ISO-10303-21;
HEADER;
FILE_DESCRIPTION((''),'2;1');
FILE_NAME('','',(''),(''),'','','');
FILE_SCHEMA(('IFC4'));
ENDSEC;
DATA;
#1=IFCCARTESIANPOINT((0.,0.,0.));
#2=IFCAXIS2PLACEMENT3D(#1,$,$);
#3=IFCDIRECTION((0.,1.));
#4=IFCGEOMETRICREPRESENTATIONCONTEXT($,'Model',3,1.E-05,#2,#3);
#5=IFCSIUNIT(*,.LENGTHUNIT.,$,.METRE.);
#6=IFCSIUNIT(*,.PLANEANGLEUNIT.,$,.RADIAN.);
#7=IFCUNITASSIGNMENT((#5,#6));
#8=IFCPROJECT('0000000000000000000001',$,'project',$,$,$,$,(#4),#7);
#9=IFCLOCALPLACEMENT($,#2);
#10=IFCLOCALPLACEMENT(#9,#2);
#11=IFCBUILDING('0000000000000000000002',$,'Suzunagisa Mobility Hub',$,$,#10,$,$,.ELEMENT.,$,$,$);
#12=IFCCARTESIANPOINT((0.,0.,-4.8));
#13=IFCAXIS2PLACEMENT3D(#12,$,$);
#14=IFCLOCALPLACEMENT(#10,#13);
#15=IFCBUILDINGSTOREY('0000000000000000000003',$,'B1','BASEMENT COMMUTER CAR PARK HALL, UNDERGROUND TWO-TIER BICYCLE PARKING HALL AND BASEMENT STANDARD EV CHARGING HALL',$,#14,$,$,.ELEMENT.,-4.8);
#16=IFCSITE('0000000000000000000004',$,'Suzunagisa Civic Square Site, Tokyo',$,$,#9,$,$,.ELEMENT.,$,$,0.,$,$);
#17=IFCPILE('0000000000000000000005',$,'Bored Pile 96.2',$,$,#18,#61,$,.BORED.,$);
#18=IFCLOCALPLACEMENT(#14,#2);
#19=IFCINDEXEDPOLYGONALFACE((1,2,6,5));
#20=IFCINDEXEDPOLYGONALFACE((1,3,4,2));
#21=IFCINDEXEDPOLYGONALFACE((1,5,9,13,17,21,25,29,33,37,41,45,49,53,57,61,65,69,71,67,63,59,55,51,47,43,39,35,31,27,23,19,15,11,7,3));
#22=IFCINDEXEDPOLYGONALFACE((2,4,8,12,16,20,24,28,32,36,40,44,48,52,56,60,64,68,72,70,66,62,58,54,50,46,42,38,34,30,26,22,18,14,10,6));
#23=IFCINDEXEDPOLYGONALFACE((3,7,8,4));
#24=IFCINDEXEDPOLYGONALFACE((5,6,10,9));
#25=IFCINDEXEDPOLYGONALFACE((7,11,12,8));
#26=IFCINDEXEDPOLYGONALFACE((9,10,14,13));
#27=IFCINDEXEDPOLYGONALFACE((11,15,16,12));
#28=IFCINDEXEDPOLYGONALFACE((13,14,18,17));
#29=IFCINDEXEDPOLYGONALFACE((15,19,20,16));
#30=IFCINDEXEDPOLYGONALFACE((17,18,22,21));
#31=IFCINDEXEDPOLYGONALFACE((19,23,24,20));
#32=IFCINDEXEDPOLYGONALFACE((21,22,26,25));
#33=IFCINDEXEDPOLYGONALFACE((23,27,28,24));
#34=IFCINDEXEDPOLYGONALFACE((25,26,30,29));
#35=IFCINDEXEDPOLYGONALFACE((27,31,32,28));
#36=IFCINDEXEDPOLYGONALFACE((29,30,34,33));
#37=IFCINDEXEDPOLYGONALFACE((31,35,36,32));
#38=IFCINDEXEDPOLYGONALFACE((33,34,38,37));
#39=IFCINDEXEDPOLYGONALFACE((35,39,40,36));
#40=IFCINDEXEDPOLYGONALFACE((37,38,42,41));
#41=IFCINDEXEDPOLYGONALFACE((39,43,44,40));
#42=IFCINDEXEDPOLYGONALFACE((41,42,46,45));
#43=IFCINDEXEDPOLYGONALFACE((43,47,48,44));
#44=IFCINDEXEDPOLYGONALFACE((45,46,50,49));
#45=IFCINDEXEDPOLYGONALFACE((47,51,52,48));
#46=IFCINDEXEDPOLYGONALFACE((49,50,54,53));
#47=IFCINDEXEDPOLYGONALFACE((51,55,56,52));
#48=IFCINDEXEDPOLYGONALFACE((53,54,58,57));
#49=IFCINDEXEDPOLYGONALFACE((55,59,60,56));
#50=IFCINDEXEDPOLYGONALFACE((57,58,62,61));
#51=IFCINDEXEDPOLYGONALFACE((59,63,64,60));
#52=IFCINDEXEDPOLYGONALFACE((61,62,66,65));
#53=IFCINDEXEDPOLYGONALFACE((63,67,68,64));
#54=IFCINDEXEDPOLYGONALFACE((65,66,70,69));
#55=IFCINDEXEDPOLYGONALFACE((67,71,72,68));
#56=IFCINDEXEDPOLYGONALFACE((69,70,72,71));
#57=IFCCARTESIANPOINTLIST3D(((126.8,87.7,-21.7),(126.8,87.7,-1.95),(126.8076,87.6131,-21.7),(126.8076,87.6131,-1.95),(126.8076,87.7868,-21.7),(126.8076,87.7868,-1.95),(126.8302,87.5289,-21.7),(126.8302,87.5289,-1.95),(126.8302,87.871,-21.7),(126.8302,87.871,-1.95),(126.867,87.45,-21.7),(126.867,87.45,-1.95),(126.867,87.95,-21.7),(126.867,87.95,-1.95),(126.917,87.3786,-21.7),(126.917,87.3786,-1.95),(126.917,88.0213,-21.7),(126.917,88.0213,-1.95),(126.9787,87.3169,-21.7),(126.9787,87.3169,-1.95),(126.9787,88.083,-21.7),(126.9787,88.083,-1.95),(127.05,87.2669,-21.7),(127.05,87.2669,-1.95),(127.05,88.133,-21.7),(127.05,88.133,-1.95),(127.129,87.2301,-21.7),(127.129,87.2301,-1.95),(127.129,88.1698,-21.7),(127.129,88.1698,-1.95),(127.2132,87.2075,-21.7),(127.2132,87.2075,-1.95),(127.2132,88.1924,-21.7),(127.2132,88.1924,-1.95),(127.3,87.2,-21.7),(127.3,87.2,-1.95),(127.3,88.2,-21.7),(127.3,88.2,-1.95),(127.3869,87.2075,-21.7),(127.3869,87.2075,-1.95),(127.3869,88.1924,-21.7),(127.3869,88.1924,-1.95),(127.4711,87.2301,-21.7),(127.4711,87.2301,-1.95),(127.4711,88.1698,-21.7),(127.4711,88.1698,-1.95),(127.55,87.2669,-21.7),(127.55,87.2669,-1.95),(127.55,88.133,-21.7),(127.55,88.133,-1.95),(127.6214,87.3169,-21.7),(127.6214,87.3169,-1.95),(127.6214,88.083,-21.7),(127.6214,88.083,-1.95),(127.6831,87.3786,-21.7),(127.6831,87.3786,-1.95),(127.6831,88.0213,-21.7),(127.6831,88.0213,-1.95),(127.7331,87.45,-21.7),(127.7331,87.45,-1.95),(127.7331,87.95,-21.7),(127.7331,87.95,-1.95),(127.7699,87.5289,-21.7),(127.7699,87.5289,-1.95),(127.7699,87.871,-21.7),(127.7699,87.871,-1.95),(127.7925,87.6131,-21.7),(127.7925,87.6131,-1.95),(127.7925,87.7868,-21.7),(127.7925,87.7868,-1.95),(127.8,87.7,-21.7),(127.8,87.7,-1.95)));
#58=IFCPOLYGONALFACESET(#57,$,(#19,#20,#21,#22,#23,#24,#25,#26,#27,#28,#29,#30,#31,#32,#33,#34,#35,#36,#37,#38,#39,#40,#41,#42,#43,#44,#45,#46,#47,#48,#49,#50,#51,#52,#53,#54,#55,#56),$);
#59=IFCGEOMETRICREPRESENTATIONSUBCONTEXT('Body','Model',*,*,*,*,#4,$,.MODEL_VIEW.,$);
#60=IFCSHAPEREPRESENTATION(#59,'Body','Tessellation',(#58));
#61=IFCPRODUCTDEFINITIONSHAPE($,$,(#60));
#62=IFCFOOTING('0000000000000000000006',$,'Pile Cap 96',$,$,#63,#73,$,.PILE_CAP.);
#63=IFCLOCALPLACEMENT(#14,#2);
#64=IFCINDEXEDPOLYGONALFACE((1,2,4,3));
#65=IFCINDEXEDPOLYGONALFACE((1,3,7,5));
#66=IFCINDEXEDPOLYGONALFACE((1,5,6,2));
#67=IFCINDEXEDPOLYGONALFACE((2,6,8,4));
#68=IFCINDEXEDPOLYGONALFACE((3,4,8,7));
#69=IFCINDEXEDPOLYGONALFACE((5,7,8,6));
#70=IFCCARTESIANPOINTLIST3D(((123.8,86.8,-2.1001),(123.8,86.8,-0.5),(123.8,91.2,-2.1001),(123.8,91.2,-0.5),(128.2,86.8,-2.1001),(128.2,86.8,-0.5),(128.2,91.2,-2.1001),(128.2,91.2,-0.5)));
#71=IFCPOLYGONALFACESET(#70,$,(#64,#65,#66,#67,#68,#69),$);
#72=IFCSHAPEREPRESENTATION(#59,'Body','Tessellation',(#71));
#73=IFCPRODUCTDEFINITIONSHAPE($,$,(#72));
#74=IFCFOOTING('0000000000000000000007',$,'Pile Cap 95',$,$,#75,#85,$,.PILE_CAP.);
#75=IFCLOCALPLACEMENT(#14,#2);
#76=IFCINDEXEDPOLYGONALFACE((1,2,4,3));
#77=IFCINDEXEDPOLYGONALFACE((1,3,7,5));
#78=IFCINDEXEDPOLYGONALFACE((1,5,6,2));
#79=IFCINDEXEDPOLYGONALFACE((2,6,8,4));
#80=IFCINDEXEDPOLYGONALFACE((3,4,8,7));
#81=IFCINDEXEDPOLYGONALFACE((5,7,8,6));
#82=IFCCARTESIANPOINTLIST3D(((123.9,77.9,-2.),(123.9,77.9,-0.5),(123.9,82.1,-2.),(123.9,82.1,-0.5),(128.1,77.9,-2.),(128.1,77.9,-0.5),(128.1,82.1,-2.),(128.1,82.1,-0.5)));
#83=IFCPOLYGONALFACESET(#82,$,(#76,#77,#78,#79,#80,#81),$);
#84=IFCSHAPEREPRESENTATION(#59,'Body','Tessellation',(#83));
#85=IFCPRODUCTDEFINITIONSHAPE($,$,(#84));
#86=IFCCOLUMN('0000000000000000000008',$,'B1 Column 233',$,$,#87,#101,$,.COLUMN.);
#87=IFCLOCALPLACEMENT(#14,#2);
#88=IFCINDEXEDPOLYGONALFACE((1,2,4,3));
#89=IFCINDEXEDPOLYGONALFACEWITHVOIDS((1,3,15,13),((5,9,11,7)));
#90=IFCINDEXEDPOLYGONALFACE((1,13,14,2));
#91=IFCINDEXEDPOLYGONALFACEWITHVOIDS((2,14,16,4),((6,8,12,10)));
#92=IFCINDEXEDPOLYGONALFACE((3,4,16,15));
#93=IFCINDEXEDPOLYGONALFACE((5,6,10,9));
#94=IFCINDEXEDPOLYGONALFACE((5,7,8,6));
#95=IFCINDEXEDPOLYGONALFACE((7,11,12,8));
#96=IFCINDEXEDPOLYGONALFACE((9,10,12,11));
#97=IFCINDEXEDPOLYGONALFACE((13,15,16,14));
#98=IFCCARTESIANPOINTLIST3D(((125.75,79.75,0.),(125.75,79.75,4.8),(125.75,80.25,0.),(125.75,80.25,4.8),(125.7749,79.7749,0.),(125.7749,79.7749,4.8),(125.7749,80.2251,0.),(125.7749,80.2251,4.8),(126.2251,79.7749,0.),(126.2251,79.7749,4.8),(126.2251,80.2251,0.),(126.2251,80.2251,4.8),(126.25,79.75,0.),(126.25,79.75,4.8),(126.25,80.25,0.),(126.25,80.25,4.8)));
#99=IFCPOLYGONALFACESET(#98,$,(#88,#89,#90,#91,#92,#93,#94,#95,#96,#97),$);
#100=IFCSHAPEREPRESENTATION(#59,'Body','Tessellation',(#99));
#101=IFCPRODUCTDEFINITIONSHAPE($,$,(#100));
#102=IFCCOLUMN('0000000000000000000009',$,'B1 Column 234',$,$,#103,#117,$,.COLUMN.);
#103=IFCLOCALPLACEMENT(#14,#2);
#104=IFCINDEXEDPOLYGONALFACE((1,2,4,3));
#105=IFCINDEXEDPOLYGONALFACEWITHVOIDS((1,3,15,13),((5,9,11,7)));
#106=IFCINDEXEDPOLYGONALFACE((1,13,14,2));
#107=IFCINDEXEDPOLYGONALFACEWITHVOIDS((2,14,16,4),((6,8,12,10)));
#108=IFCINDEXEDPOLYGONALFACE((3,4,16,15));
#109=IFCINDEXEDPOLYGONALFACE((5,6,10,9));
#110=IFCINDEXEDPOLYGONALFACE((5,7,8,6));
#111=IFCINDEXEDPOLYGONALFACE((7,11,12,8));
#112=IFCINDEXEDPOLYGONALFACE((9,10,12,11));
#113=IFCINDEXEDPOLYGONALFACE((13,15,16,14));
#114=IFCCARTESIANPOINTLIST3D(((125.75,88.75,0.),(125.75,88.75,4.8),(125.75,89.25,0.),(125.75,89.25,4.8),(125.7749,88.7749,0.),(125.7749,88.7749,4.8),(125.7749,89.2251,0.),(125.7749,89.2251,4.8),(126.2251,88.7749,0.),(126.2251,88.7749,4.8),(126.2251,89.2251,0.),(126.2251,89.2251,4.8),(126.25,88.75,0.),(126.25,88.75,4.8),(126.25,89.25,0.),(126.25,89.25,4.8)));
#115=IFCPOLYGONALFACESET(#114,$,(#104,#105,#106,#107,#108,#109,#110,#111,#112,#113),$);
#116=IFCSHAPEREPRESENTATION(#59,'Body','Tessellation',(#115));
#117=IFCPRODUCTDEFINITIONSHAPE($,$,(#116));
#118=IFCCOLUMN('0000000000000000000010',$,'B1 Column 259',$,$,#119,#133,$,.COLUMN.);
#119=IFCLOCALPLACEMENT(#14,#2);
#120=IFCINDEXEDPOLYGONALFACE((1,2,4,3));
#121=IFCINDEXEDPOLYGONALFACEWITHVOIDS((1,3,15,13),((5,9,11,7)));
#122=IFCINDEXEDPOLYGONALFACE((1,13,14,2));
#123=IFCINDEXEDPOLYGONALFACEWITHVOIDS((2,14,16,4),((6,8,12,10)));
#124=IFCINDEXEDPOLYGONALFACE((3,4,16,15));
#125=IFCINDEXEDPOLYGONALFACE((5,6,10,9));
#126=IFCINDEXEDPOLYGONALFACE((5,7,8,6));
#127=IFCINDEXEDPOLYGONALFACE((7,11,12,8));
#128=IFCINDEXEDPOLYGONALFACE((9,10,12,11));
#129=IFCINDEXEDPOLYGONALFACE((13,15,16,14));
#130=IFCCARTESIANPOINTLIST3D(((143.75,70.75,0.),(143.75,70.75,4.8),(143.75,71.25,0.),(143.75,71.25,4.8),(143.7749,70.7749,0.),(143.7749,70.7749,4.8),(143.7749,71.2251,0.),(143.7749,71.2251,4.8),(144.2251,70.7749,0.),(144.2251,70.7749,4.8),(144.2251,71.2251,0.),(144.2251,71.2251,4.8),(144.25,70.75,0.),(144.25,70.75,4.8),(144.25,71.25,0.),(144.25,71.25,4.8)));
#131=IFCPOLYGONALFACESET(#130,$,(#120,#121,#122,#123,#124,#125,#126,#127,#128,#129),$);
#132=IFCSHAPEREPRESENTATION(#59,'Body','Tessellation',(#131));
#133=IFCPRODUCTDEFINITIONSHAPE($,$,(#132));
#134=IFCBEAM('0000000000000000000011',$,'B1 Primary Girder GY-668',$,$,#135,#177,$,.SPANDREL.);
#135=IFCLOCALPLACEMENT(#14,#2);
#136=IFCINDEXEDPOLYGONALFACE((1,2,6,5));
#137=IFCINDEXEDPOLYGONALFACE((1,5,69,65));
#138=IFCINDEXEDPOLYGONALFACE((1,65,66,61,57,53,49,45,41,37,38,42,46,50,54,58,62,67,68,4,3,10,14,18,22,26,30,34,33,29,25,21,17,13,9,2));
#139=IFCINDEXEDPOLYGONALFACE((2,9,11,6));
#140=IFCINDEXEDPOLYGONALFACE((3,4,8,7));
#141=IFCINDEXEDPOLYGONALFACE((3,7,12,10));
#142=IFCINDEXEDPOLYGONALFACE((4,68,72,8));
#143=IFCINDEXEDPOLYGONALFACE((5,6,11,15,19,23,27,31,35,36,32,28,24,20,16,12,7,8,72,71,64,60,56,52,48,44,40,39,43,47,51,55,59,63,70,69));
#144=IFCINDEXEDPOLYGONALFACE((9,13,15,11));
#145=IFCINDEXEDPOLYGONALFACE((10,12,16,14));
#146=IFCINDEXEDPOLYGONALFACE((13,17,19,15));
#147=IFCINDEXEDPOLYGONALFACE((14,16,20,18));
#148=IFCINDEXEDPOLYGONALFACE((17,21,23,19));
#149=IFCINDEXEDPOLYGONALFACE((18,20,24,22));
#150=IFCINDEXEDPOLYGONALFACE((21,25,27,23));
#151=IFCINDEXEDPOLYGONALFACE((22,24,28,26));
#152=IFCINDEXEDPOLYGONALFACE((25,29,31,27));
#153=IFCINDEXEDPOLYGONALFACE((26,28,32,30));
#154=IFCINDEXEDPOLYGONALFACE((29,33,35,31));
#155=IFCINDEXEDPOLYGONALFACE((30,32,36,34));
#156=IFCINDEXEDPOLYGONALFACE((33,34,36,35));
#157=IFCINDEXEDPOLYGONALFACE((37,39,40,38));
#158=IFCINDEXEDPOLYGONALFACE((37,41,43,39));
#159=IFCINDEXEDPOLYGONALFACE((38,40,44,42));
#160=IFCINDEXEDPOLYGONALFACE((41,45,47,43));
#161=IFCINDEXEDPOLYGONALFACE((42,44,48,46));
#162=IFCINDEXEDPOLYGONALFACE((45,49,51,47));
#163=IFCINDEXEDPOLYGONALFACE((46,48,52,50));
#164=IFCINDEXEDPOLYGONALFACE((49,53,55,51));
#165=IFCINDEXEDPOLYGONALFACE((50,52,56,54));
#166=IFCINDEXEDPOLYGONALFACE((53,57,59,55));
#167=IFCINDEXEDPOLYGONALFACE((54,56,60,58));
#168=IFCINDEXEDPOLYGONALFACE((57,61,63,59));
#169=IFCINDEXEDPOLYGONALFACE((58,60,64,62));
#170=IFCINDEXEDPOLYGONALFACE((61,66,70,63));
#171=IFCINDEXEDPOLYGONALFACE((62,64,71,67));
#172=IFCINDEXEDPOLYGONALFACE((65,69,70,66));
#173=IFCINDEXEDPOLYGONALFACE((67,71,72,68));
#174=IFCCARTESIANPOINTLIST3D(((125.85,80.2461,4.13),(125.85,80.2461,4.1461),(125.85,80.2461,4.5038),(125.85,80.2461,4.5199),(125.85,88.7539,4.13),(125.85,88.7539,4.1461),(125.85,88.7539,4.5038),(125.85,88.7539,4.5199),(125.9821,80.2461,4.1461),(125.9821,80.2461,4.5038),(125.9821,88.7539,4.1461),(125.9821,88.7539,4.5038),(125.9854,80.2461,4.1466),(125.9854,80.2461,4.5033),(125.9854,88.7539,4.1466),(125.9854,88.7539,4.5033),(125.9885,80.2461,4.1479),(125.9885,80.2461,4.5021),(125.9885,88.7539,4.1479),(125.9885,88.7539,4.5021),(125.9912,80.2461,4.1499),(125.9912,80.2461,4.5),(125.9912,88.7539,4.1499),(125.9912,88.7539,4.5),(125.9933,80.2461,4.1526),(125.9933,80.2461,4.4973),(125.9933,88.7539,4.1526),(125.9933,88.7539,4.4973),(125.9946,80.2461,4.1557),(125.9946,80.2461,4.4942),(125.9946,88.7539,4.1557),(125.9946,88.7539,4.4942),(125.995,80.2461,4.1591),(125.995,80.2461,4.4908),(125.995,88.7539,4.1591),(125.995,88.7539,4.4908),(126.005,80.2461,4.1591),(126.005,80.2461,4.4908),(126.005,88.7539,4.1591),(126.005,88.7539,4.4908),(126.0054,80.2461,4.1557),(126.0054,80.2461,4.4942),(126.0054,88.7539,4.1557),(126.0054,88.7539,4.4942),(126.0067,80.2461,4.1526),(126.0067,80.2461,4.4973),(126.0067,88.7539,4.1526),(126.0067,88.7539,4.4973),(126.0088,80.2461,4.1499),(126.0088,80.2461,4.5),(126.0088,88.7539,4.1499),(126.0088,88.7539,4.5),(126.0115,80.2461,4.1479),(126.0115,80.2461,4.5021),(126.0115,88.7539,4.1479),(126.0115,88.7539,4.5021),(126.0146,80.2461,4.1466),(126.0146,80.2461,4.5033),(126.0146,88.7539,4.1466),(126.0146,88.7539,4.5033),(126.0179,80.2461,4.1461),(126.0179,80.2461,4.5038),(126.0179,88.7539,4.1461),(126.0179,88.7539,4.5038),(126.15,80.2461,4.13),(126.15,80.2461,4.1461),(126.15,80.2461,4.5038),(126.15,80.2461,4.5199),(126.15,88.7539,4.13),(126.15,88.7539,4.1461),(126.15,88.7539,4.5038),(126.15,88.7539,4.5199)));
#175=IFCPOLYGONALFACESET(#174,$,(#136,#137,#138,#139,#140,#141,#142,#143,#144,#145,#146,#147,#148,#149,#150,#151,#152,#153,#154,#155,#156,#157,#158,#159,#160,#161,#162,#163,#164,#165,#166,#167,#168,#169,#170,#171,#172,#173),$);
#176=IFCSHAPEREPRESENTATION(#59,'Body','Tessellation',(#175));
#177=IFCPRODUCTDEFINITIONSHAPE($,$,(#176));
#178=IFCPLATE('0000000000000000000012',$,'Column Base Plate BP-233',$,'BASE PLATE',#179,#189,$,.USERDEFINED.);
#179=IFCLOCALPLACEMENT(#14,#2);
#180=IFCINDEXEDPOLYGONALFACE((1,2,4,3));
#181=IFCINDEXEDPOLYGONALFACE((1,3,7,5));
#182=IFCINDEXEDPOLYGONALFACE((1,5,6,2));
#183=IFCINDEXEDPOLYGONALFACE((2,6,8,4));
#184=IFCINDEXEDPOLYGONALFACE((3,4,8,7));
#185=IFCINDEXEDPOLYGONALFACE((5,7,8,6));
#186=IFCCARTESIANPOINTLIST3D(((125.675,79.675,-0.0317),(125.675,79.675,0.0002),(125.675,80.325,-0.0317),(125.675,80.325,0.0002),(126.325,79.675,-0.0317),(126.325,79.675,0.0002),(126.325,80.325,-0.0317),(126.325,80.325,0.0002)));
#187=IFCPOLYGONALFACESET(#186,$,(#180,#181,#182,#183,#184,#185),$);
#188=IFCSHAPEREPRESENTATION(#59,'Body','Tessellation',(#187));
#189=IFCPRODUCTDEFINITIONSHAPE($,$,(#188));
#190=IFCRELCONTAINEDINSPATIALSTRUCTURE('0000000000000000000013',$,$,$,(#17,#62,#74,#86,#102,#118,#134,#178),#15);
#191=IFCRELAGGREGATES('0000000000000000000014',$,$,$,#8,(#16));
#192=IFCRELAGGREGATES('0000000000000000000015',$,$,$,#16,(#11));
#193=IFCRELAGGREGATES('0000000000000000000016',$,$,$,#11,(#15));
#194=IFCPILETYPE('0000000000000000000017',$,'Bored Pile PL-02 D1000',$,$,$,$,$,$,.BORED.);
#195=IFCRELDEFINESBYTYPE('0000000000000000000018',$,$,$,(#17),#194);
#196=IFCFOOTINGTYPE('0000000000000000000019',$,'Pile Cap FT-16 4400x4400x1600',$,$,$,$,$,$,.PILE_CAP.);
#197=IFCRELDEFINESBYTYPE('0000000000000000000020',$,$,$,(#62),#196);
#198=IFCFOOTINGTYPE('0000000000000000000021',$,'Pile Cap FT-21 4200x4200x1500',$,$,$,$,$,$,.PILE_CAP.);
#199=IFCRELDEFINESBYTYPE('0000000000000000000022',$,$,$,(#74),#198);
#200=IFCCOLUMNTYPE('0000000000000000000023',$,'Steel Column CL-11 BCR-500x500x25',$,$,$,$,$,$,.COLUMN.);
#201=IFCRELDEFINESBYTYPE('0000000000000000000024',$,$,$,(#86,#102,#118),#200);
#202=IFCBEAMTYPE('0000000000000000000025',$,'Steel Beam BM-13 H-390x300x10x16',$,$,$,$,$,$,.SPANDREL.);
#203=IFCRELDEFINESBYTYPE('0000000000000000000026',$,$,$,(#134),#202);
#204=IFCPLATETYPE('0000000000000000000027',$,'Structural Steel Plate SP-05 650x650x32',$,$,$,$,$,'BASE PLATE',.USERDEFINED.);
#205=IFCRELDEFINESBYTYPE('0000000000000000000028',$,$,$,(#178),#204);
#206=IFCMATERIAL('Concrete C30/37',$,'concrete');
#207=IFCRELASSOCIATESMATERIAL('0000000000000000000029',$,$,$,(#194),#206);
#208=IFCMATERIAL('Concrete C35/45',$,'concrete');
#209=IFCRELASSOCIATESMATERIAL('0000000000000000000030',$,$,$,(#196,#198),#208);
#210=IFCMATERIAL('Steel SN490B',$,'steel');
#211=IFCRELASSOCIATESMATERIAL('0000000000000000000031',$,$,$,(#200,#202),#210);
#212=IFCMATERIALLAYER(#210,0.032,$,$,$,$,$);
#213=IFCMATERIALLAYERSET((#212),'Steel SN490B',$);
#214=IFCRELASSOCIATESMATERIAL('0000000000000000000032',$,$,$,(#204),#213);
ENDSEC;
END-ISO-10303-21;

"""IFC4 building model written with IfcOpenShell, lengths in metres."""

from ifc_helpers import new_model, si_unit, direction, frame, origin, origin_2d, place, context, subcontext, project, spatial, rectangle, hollow_rectangle, circle, i_section, extrude, material, layer, layer_set, material_profile, profile_set, type_object, element, save


model = new_model("IFC4")

# Units and contexts
model_context = context("Model", 3, precision=1e-05, world=origin(), true_north=direction((0.0, 1.0)))
body_context = subcontext(model_context, "Body", "Model", "MODEL_VIEW")
ifc_project = project(units=[si_unit("LENGTHUNIT", "METRE"), si_unit("PLANEANGLEUNIT", "RADIAN")], contexts=[model_context])

# Site, building, storey
site_placement = place(None, origin())
site = spatial("IfcSite", under=ifc_project, at=site_placement, Name="Suzunagisa Civic Square Site, Tokyo", CompositionType="ELEMENT", RefElevation=0.0)
building_placement = place(site_placement, origin())
building = spatial("IfcBuilding", under=site, at=building_placement, Name="Suzunagisa Mobility Hub", CompositionType="ELEMENT")
storey_placement = place(building_placement, frame((0.0, 0.0, -4.8)))
storey = spatial("IfcBuildingStorey", under=building, at=storey_placement, Name="B1", Description="BASEMENT COMMUTER CAR PARK HALL, UNDERGROUND TWO-TIER BICYCLE PARKING HALL AND BASEMENT STANDARD EV CHARGING HALL", CompositionType="ELEMENT", Elevation=-4.8)

# Pile
ifc_material_1 = material(Name="Concrete C30/37", Category="concrete")
ifc_material_profile_1 = material_profile(ifc_material_1, circle(Radius=0.5, at=origin_2d()), Name="BORED PILE D1000")
ifc_profile_set_1 = profile_set([ifc_material_profile_1], Name="Concrete C30/37")
pile_type_1 = type_object("IfcPileType", Name="Bored Pile PL-02 D1000", PredefinedType="BORED", material=ifc_profile_set_1)
for number, where, z_axis, x_axis, name in (
    (1, (127.3, 87.7, -1.95), (0.0, 0.0, -1.0), (1.0, 0.0, 0.0), "Bored Pile 96.2"),
):
    element("IfcPile", number, at=place(storey_placement, frame(where, z_axis=z_axis, x_axis=x_axis)), inside=storey, type_object=pile_type_1, Name=name, PredefinedType="BORED", context=body_context, shape_type="SweptSolid", body=[
        extrude(circle(Radius=0.5, at=origin_2d()), origin(), (0.0, 0.0, 1.0), 19.75),
    ])

# Footings
ifc_material_2 = material(Name="Concrete C35/45", Category="concrete")
footing_type_1 = type_object("IfcFootingType", Name="Pile Cap FT-16 4400x4400x1600", PredefinedType="PILE_CAP", material=ifc_material_2)
footing_1_placement = place(storey_placement, frame((126.0, 89.0, -2.1001), z_axis=(0.0, 0.0, 1.0), x_axis=(1.0, 0.0, 0.0)))
element("IfcFooting", 2, at=footing_1_placement, inside=storey, type_object=footing_type_1, Name="Pile Cap 96", PredefinedType="PILE_CAP", context=body_context, shape_type="SweptSolid", body=[
    extrude(rectangle(XDim=4.3999, YDim=4.3999, at=origin_2d()), origin(), (0.0, 0.0, 1.0), 1.6001),
])
footing_type_2 = type_object("IfcFootingType", Name="Pile Cap FT-21 4200x4200x1500", PredefinedType="PILE_CAP", material=ifc_material_2)
footing_2_placement = place(storey_placement, frame((126.0, 80.0, -2.0), z_axis=(0.0, 0.0, 1.0), x_axis=(1.0, 0.0, 0.0)))
element("IfcFooting", 3, at=footing_2_placement, inside=storey, type_object=footing_type_2, Name="Pile Cap 95", PredefinedType="PILE_CAP", context=body_context, shape_type="SweptSolid", body=[
    extrude(rectangle(XDim=4.2, YDim=4.2, at=origin_2d()), origin(), (0.0, 0.0, 1.0), 1.5),
])

# Columns
ifc_material_3 = material(Name="Steel SN490B", Category="steel")
ifc_material_profile_2 = material_profile(ifc_material_3, hollow_rectangle(XDim=0.5, YDim=0.5, WallThickness=0.0249, at=origin_2d()), Name="BCR-500x500x25")
ifc_profile_set_2 = profile_set([ifc_material_profile_2], Name="Steel SN490B")
column_type = type_object("IfcColumnType", Name="Steel Column CL-11 BCR-500x500x25", PredefinedType="COLUMN", material=ifc_profile_set_2)
for number, where, z_axis, x_axis, name in (
    (4, (126.0, 80.0, 0.0), (0.0, 0.0, 1.0), (1.0, 0.0, 0.0), "B1 Column 233"),
    (5, (126.0, 89.0, 0.0), (0.0, 0.0, 1.0), (1.0, 0.0, 0.0), "B1 Column 234"),
    (6, (144.0, 71.0, 0.0), (0.0, 0.0, 1.0), (1.0, 0.0, 0.0), "B1 Column 259"),
):
    element("IfcColumn", number, at=place(storey_placement, frame(where, z_axis=z_axis, x_axis=x_axis)), inside=storey, type_object=column_type, Name=name, PredefinedType="COLUMN", context=body_context, shape_type="SweptSolid", body=[
        extrude(hollow_rectangle(XDim=0.5, YDim=0.5, WallThickness=0.0249, at=origin_2d()), origin(), (0.0, 0.0, 1.0), 4.8),
    ])

# Beam
ifc_material_profile_3 = material_profile(ifc_material_3, i_section(OverallWidth=0.3, OverallDepth=0.3899, WebThickness=0.01, FlangeThickness=0.0161, FilletRadius=0.0129, at=origin_2d()), Name="H-390x300x10x16")
ifc_profile_set_3 = profile_set([ifc_material_profile_3], Name="Steel SN490B")
beam_type = type_object("IfcBeamType", Name="Steel Beam BM-13 H-390x300x10x16", PredefinedType="SPANDREL", material=ifc_profile_set_3)
beam_placement = place(storey_placement, frame((126.0, 80.2461, 4.325), z_axis=(0.0, 1.0, 0.0), x_axis=(-1.0, 0.0, 0.0)))
element("IfcBeam", 7, at=beam_placement, inside=storey, type_object=beam_type, Name="B1 Primary Girder GY-668", PredefinedType="SPANDREL", context=body_context, shape_type="SweptSolid", body=[
    extrude(i_section(OverallWidth=0.3, OverallDepth=0.3899, WebThickness=0.01, FlangeThickness=0.0161, FilletRadius=0.0129, at=origin_2d()), origin(), (0.0, 0.0, 1.0), 8.5078),
])

# Plate
ifc_layer_1 = layer(ifc_material_3, 0.032)
ifc_layer_set_1 = layer_set([ifc_layer_1], Name="Steel SN490B")
plate_type = type_object("IfcPlateType", Name="Structural Steel Plate SP-05 650x650x32", ElementType="BASE PLATE", PredefinedType="USERDEFINED", material=ifc_layer_set_1)
for number, where, z_axis, x_axis, name in (
    (8, (126.0, 80.0, -0.0317), (0.0, 0.0, 1.0), (1.0, 0.0, 0.0), "Column Base Plate BP-233"),
):
    element("IfcPlate", number, at=place(storey_placement, frame(where, z_axis=z_axis, x_axis=x_axis)), inside=storey, type_object=plate_type, Name=name, ObjectType="BASE PLATE", PredefinedType="USERDEFINED", context=body_context, shape_type="SweptSolid", body=[
        extrude(rectangle(XDim=0.6499, YDim=0.6499, at=origin_2d()), origin(), (0.0, 0.0, 1.0), 0.032),
    ])

save(model, "model.ifc")
